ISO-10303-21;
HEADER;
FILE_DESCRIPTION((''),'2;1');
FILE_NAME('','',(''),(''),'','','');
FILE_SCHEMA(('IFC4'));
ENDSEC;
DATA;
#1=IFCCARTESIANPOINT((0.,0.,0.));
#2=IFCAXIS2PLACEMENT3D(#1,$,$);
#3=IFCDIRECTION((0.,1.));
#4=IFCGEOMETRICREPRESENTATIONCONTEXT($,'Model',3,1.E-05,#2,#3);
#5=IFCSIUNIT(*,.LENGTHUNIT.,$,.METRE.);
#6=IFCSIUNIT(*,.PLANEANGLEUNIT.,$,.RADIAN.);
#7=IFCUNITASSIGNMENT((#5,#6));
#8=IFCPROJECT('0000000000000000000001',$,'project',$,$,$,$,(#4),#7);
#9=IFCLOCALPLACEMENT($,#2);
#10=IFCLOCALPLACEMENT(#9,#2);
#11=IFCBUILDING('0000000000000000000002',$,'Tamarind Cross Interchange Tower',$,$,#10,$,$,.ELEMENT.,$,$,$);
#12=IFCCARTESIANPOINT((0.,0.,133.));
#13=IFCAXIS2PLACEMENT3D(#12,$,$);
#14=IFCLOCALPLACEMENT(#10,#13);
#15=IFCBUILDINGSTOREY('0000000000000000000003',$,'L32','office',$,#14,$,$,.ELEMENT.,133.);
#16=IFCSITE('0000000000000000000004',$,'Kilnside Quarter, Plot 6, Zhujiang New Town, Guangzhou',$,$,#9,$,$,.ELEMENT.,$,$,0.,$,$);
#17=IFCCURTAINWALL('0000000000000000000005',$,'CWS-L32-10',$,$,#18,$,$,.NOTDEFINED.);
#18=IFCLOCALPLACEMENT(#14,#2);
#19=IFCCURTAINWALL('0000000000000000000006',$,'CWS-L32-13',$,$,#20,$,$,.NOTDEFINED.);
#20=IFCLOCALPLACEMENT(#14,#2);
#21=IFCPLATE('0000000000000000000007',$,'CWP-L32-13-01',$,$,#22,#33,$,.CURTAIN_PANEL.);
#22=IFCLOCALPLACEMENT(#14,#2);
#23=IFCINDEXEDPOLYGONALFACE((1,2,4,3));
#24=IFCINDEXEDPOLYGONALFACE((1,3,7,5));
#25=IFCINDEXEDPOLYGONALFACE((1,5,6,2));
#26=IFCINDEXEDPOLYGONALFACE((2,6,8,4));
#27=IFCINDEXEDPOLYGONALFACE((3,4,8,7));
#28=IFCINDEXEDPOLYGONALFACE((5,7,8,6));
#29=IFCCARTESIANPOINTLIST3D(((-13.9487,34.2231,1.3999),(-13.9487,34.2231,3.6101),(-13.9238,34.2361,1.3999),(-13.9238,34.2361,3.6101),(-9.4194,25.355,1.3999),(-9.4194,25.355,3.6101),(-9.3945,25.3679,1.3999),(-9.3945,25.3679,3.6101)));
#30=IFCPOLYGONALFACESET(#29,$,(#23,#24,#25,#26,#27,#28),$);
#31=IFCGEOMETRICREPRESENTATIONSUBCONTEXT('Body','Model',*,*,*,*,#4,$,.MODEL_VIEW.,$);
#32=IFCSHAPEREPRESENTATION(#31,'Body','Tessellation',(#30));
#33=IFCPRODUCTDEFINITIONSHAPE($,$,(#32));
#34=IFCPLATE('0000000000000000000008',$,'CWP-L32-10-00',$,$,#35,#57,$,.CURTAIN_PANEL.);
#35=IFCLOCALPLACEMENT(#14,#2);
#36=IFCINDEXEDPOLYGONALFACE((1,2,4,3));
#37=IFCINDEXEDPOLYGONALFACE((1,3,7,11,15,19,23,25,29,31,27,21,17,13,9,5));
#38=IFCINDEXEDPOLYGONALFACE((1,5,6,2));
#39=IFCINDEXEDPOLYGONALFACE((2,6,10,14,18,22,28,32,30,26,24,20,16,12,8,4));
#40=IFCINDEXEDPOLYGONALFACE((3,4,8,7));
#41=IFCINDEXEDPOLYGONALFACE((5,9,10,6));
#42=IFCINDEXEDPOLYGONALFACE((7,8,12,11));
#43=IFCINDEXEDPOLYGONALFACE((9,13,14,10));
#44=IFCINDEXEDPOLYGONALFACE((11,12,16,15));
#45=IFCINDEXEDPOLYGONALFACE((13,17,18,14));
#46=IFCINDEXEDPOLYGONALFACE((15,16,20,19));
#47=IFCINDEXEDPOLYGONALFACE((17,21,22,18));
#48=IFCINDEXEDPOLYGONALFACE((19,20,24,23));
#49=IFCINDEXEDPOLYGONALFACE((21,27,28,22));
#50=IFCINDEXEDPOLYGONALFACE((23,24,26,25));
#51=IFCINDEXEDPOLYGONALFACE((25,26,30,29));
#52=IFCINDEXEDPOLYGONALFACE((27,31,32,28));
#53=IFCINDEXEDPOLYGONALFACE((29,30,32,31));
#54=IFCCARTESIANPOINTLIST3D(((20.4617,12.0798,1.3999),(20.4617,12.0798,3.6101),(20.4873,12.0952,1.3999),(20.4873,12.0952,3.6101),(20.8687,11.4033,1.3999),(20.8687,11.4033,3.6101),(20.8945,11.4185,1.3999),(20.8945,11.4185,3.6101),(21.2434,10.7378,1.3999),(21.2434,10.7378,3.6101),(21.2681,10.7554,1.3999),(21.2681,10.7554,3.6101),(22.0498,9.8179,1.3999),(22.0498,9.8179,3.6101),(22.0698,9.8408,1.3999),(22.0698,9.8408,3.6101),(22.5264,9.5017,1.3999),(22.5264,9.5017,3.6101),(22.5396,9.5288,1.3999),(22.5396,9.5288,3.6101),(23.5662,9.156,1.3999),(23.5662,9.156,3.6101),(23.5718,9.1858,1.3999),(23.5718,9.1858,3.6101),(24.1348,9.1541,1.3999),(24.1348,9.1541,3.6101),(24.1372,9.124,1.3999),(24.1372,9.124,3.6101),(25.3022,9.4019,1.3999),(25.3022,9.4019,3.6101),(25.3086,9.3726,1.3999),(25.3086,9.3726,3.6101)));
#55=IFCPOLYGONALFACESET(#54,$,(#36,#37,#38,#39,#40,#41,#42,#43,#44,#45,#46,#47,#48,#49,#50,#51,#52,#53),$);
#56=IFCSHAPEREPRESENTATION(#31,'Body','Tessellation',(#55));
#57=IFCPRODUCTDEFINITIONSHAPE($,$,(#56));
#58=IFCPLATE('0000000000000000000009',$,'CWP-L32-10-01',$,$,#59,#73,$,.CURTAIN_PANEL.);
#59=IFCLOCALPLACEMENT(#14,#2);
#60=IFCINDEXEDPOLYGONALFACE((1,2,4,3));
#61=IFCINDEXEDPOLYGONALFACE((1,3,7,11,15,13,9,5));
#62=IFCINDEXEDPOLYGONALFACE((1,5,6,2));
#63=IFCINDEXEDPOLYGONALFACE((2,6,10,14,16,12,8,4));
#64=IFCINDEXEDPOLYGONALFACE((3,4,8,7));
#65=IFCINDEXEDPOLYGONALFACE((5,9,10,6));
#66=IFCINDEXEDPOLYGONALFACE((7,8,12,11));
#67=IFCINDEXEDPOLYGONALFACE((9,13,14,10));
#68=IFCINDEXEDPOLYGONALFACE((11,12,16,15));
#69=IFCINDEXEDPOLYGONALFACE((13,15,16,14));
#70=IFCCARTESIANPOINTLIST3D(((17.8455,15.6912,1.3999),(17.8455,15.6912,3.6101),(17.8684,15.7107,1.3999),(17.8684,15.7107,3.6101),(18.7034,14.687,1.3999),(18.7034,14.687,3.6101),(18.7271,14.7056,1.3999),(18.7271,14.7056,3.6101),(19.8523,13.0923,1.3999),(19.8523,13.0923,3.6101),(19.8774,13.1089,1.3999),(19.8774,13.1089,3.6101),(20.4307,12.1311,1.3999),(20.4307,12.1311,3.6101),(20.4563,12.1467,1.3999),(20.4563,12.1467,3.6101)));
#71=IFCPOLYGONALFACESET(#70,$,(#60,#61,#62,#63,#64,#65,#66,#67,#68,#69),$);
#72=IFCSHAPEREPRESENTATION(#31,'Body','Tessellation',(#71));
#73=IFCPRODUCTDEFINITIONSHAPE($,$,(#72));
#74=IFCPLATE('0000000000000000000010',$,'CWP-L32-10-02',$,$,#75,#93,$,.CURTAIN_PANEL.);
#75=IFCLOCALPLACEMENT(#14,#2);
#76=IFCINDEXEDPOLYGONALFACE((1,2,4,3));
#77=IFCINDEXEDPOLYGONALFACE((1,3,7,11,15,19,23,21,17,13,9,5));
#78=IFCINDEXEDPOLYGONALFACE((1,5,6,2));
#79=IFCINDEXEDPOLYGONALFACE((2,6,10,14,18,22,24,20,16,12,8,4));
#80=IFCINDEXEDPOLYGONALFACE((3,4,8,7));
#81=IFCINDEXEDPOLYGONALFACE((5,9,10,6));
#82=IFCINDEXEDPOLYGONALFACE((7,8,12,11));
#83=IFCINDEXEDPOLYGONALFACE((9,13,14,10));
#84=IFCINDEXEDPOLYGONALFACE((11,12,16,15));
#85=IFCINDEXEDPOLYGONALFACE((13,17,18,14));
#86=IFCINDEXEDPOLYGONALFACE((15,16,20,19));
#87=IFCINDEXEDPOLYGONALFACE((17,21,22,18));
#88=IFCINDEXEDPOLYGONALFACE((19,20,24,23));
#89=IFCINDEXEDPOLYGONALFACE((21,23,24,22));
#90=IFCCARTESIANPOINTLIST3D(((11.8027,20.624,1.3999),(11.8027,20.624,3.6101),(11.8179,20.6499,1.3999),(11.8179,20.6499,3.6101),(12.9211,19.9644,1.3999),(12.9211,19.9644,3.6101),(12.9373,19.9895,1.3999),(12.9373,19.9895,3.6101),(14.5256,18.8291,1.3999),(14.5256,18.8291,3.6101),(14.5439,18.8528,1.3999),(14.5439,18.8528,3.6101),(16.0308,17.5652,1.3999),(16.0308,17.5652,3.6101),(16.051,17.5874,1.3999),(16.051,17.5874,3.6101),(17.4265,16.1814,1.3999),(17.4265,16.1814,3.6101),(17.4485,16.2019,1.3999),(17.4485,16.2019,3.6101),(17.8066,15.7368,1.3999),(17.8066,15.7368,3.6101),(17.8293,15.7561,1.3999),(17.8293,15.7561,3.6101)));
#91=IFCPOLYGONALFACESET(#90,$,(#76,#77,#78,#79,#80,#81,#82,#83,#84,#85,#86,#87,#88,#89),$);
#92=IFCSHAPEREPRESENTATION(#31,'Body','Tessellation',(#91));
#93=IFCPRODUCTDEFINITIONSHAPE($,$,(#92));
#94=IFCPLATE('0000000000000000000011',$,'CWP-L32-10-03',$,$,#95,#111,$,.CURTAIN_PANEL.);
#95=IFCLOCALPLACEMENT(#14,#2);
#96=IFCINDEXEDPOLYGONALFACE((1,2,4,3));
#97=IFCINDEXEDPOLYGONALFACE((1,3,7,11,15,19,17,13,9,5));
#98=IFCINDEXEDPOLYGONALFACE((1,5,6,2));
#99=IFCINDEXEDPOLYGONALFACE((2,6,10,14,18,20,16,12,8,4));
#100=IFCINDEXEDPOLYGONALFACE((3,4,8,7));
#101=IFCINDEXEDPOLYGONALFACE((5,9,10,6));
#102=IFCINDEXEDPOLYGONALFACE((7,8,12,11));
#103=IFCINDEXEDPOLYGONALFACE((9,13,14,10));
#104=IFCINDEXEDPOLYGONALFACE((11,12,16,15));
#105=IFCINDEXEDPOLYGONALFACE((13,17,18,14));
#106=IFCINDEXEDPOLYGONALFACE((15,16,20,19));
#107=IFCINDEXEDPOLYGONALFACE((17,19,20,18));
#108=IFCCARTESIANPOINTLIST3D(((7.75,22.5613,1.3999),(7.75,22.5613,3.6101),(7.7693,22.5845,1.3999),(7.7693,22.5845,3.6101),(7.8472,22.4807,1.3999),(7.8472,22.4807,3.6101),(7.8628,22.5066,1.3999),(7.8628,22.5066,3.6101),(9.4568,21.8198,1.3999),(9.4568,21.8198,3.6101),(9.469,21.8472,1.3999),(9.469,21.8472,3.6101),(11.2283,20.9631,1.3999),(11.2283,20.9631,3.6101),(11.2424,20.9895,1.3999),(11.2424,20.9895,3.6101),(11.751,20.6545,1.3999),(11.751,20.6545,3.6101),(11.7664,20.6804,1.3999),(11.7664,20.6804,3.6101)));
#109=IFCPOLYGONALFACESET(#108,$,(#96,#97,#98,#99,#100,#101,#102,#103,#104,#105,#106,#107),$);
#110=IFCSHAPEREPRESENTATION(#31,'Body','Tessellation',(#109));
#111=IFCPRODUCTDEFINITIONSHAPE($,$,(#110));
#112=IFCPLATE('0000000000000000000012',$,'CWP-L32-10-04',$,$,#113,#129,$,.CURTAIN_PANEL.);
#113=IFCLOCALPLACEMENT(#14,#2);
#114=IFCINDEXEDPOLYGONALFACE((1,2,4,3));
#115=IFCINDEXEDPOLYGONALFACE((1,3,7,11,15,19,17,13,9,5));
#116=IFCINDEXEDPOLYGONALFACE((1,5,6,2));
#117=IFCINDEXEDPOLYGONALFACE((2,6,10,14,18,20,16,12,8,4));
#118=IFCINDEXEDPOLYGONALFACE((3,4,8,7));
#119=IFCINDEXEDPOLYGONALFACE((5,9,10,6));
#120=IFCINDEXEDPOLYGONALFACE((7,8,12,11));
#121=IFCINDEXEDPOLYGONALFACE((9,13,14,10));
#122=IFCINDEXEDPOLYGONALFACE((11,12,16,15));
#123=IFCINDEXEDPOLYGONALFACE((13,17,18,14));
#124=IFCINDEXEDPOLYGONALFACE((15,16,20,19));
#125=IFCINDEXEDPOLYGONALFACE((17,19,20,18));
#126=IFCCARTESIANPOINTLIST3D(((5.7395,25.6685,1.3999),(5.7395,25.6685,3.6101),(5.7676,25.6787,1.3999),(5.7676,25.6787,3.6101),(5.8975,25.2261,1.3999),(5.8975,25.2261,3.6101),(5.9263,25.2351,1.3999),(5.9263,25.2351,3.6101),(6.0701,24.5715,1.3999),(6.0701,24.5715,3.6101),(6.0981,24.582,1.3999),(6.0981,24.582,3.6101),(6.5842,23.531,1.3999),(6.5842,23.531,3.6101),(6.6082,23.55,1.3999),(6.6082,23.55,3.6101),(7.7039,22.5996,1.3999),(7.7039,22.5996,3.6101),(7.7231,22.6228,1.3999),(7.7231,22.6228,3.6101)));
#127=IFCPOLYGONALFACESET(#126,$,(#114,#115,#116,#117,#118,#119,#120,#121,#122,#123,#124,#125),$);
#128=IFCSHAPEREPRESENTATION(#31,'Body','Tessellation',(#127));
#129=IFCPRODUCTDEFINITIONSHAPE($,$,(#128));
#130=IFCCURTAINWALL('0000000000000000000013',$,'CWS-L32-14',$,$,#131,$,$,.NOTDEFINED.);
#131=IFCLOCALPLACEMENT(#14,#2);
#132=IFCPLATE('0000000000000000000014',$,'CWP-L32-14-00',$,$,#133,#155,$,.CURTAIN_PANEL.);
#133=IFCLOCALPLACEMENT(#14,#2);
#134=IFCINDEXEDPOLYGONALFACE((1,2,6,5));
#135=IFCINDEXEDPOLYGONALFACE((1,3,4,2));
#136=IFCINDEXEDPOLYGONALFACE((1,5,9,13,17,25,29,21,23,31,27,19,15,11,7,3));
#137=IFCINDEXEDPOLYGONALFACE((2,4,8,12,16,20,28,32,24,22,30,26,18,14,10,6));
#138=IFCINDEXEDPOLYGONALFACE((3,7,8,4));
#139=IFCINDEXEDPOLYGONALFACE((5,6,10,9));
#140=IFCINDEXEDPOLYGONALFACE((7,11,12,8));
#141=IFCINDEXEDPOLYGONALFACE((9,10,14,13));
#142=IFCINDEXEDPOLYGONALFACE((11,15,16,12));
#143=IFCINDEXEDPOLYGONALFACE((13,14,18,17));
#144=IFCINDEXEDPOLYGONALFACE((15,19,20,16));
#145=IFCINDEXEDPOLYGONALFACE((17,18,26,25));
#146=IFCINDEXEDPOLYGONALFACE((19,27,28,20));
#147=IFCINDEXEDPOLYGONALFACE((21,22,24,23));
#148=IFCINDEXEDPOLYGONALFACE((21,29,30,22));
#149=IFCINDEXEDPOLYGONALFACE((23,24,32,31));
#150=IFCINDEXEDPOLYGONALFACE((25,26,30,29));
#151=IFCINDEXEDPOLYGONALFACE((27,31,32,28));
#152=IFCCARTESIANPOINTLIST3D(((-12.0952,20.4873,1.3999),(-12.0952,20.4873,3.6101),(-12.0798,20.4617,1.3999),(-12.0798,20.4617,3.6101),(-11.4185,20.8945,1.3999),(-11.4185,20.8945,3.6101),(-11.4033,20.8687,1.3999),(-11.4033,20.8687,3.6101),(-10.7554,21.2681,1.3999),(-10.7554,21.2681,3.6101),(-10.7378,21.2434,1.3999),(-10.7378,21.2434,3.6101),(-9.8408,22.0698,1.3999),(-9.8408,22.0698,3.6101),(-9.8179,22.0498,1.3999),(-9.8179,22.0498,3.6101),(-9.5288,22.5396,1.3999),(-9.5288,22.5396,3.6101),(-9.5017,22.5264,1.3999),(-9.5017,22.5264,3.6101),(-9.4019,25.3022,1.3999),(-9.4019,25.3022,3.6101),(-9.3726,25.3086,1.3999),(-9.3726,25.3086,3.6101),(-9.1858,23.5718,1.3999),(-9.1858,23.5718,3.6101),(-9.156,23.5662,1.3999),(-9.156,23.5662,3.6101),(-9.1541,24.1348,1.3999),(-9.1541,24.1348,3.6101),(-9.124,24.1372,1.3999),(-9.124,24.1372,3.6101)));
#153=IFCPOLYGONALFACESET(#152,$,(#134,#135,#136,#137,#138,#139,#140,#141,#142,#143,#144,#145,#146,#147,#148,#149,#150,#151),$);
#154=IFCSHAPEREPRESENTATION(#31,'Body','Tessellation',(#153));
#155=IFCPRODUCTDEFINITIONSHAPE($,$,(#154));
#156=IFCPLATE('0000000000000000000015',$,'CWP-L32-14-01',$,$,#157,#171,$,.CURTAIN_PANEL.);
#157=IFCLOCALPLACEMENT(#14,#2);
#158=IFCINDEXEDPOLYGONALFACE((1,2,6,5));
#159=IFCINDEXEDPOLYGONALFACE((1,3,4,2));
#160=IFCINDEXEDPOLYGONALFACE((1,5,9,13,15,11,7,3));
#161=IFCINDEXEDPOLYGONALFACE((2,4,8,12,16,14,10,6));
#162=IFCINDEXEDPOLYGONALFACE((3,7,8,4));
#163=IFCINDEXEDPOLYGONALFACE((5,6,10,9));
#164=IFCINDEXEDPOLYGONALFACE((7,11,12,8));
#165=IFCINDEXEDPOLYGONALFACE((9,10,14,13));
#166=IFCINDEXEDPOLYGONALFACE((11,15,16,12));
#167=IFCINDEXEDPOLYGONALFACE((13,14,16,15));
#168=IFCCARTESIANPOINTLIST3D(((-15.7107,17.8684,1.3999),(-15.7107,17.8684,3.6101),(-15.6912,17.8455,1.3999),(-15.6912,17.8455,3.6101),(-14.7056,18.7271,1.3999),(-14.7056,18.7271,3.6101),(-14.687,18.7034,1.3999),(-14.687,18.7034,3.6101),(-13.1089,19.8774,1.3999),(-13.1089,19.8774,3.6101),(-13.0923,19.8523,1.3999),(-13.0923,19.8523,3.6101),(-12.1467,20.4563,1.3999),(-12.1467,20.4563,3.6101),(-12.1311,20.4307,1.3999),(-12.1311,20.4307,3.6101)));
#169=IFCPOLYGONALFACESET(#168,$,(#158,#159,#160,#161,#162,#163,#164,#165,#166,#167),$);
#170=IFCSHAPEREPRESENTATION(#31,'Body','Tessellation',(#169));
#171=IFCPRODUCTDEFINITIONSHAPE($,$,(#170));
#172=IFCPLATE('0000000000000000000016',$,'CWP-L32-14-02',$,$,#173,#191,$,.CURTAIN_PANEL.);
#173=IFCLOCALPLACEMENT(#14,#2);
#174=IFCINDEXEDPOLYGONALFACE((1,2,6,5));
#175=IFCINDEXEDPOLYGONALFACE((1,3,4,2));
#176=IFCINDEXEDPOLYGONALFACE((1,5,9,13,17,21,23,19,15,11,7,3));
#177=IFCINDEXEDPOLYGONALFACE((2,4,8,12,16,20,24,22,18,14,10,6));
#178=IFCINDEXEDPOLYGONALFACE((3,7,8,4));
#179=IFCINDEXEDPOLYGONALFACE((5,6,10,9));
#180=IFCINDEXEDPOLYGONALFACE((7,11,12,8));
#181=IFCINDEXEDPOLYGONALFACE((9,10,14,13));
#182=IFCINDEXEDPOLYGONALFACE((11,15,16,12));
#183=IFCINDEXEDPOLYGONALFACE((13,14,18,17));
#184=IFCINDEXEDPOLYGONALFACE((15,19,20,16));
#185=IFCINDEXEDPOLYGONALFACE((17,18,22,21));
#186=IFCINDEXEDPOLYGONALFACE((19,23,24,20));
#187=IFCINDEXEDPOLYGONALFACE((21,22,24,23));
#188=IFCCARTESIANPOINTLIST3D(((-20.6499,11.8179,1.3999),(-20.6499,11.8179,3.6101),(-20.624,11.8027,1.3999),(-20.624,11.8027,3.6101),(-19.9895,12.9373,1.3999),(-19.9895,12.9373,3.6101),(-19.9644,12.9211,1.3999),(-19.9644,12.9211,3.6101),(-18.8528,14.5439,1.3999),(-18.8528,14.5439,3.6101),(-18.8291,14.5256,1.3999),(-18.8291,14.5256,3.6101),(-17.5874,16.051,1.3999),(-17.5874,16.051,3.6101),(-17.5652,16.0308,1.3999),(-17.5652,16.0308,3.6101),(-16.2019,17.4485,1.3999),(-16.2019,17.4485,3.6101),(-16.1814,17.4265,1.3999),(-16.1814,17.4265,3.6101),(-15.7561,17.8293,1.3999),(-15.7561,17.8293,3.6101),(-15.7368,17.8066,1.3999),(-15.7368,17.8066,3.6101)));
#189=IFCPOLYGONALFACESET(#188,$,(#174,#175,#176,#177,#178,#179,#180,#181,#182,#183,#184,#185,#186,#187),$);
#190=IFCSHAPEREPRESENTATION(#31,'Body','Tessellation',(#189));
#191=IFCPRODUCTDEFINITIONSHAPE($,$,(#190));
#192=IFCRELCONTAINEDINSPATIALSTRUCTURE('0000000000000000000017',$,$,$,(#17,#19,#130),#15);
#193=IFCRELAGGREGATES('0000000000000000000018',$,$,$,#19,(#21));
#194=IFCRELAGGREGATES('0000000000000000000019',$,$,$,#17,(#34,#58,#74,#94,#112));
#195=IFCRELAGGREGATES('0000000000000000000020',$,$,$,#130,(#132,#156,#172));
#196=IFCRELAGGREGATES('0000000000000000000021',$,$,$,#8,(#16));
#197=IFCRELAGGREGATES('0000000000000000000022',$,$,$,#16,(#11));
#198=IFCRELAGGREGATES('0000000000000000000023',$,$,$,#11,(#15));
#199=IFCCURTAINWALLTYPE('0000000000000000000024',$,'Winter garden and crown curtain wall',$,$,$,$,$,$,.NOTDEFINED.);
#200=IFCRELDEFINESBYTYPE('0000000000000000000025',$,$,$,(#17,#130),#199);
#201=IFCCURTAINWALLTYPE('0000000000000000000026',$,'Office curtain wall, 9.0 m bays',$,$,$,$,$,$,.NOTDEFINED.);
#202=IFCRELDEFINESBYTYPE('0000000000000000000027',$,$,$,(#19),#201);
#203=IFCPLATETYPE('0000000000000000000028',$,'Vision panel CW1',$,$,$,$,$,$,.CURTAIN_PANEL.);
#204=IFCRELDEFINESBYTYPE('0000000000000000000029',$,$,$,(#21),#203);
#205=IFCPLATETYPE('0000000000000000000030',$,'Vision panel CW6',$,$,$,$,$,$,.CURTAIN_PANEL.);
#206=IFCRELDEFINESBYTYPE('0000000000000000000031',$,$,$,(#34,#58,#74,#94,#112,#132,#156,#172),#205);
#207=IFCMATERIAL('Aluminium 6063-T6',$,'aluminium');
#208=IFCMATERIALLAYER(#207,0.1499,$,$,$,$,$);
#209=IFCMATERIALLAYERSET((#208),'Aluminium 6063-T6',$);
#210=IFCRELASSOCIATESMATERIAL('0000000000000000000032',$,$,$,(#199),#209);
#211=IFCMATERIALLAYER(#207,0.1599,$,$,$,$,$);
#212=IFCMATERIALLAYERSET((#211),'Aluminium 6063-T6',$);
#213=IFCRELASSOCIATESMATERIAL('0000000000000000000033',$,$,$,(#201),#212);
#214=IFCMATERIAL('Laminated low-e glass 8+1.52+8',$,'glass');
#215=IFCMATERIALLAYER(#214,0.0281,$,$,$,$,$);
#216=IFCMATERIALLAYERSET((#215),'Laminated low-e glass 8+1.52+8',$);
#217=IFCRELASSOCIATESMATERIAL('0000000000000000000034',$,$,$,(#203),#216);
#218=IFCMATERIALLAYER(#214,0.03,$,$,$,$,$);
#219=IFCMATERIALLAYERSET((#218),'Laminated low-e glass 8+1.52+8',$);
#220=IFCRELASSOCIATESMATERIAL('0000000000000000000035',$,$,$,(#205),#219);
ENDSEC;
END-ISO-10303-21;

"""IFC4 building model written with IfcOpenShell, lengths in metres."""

from ifc_helpers import new_model, si_unit, direction, frame, origin, place, context, subcontext, project, spatial, polyline, outline, extrude, material, layer, layer_set, type_object, element, aggregate, save


model = new_model("IFC4")

# Units and contexts
model_context = context("Model", 3, precision=1e-05, world=origin(), true_north=direction((0.0, 1.0)))
body_context = subcontext(model_context, "Body", "Model", "MODEL_VIEW")
ifc_project = project(units=[si_unit("LENGTHUNIT", "METRE"), si_unit("PLANEANGLEUNIT", "RADIAN")], contexts=[model_context])

# Site, building, storey
site_placement = place(None, origin())
site = spatial("IfcSite", under=ifc_project, at=site_placement, Name="Kilnside Quarter, Plot 6, Zhujiang New Town, Guangzhou", CompositionType="ELEMENT", RefElevation=0.0)
building_placement = place(site_placement, origin())
building = spatial("IfcBuilding", under=site, at=building_placement, Name="Tamarind Cross Interchange Tower", CompositionType="ELEMENT")
storey_placement = place(building_placement, frame((0.0, 0.0, 133.0)))
storey = spatial("IfcBuildingStorey", under=building, at=storey_placement, Name="L32", Description="office", CompositionType="ELEMENT", Elevation=133.0)

# Curtain walls
ifc_material_1 = material(Name="Aluminium 6063-T6", Category="aluminium")
ifc_layer_1 = layer(ifc_material_1, 0.1499)
ifc_layer_set_1 = layer_set([ifc_layer_1], Name="Aluminium 6063-T6")
curtain_wall_type_1 = type_object("IfcCurtainWallType", Name="Winter garden and crown curtain wall", PredefinedType="NOTDEFINED", material=ifc_layer_set_1)
curtain_wall_1_placement = place(storey_placement, origin())
curtain_wall_1 = element("IfcCurtainWall", 1, at=curtain_wall_1_placement, inside=storey, type_object=curtain_wall_type_1, Name="CWS-L32-10", PredefinedType="NOTDEFINED")
ifc_layer_2 = layer(ifc_material_1, 0.1599)
ifc_layer_set_2 = layer_set([ifc_layer_2], Name="Aluminium 6063-T6")
curtain_wall_type_2 = type_object("IfcCurtainWallType", Name="Office curtain wall, 9.0 m bays", PredefinedType="NOTDEFINED", material=ifc_layer_set_2)
curtain_wall_2_placement = place(storey_placement, origin())
curtain_wall_2 = element("IfcCurtainWall", 2, at=curtain_wall_2_placement, inside=storey, type_object=curtain_wall_type_2, Name="CWS-L32-13", PredefinedType="NOTDEFINED")

# Plates
ifc_material_2 = material(Name="Laminated low-e glass 8+1.52+8", Category="glass")
ifc_layer_3 = layer(ifc_material_2, 0.0281)
ifc_layer_set_3 = layer_set([ifc_layer_3], Name="Laminated low-e glass 8+1.52+8")
plate_type_1 = type_object("IfcPlateType", Name="Vision panel CW1", PredefinedType="CURTAIN_PANEL", material=ifc_layer_set_3)
plate_1_placement = place(storey_placement, frame((0.0, 0.0, 1.3999)))
plate_1 = element("IfcPlate", 3, at=plate_1_placement, type_object=plate_type_1, Name="CWP-L32-13-01", PredefinedType="CURTAIN_PANEL", context=body_context, shape_type="SweptSolid", body=[
    extrude(outline(polyline([(-13.9238, 34.2361), (-9.3945, 25.3679), (-9.4194, 25.355), (-13.9487, 34.2231), (-13.9238, 34.2361)])), origin(), (0.0, 0.0, 1.0), 2.2102),
])
aggregate(curtain_wall_2, [plate_1])
ifc_layer_4 = layer(ifc_material_2, 0.03)
ifc_layer_set_4 = layer_set([ifc_layer_4], Name="Laminated low-e glass 8+1.52+8")
plate_type_2 = type_object("IfcPlateType", Name="Vision panel CW6", PredefinedType="CURTAIN_PANEL", material=ifc_layer_set_4)
plate_2_placement = place(storey_placement, frame((0.0, 0.0, 1.3999)))
plate_2 = element("IfcPlate", 4, at=plate_2_placement, type_object=plate_type_2, Name="CWP-L32-10-00", PredefinedType="CURTAIN_PANEL", context=body_context, shape_type="SweptSolid", body=[
    extrude(outline(polyline([(25.3086, 9.3726), (24.1372, 9.124), (23.5662, 9.156), (22.5264, 9.5017), (22.0498, 9.8179), (21.2434, 10.7378), (20.8687, 11.4033), (20.4617, 12.0798), (20.4873, 12.0952), (20.8945, 11.4185), (21.2681, 10.7554), (22.0698, 9.8408), (22.5396, 9.5288), (23.5718, 9.1858), (24.1348, 9.1541), (25.3022, 9.4019), (25.3086, 9.3726)])), origin(), (0.0, 0.0, 1.0), 2.2102),
])
plate_3_placement = place(storey_placement, frame((0.0, 0.0, 1.3999)))
plate_3 = element("IfcPlate", 5, at=plate_3_placement, type_object=plate_type_2, Name="CWP-L32-10-01", PredefinedType="CURTAIN_PANEL", context=body_context, shape_type="SweptSolid", body=[
    extrude(outline(polyline([(20.4307, 12.1311), (19.8523, 13.0923), (18.7034, 14.687), (17.8455, 15.6912), (17.8684, 15.7107), (18.7271, 14.7056), (19.8774, 13.1089), (20.4563, 12.1467), (20.4307, 12.1311)])), origin(), (0.0, 0.0, 1.0), 2.2102),
])
plate_4_placement = place(storey_placement, frame((0.0, 0.0, 1.3999)))
plate_4 = element("IfcPlate", 6, at=plate_4_placement, type_object=plate_type_2, Name="CWP-L32-10-02", PredefinedType="CURTAIN_PANEL", context=body_context, shape_type="SweptSolid", body=[
    extrude(outline(polyline([(17.8066, 15.7368), (17.4265, 16.1814), (16.0308, 17.5652), (14.5256, 18.8291), (12.9211, 19.9644), (11.8027, 20.624), (11.8179, 20.6499), (12.9373, 19.9895), (14.5439, 18.8528), (16.051, 17.5874), (17.4485, 16.2019), (17.8293, 15.7561), (17.8066, 15.7368)])), origin(), (0.0, 0.0, 1.0), 2.2102),
])
plate_5_placement = place(storey_placement, frame((0.0, 0.0, 1.3999)))
plate_5 = element("IfcPlate", 7, at=plate_5_placement, type_object=plate_type_2, Name="CWP-L32-10-03", PredefinedType="CURTAIN_PANEL", context=body_context, shape_type="SweptSolid", body=[
    extrude(outline(polyline([(11.751, 20.6545), (11.2283, 20.9631), (9.4568, 21.8198), (7.8472, 22.4807), (7.75, 22.5613), (7.7693, 22.5845), (7.8628, 22.5066), (9.469, 21.8472), (11.2424, 20.9895), (11.7664, 20.6804), (11.751, 20.6545)])), origin(), (0.0, 0.0, 1.0), 2.2102),
])
plate_6_placement = place(storey_placement, frame((0.0, 0.0, 1.3999)))
plate_6 = element("IfcPlate", 8, at=plate_6_placement, type_object=plate_type_2, Name="CWP-L32-10-04", PredefinedType="CURTAIN_PANEL", context=body_context, shape_type="SweptSolid", body=[
    extrude(outline(polyline([(7.7039, 22.5996), (6.5842, 23.531), (6.0701, 24.5715), (5.8975, 25.2261), (5.7395, 25.6685), (5.7676, 25.6787), (5.9263, 25.2351), (6.0981, 24.582), (6.6082, 23.55), (7.7231, 22.6228), (7.7039, 22.5996)])), origin(), (0.0, 0.0, 1.0), 2.2102),
])
aggregate(curtain_wall_1, [plate_2, plate_3, plate_4, plate_5, plate_6])

# Curtain wall, plates
curtain_wall_3_placement = place(storey_placement, origin())
curtain_wall_3 = element("IfcCurtainWall", 9, at=curtain_wall_3_placement, inside=storey, type_object=curtain_wall_type_1, Name="CWS-L32-14", PredefinedType="NOTDEFINED")
plate_7_placement = place(storey_placement, frame((0.0, 0.0, 1.3999)))
plate_7 = element("IfcPlate", 10, at=plate_7_placement, type_object=plate_type_2, Name="CWP-L32-14-00", PredefinedType="CURTAIN_PANEL", context=body_context, shape_type="SweptSolid", body=[
    extrude(outline(polyline([(-9.3726, 25.3086), (-9.124, 24.1372), (-9.156, 23.5662), (-9.5017, 22.5264), (-9.8179, 22.0498), (-10.7378, 21.2434), (-11.4033, 20.8687), (-12.0798, 20.4617), (-12.0952, 20.4873), (-11.4185, 20.8945), (-10.7554, 21.2681), (-9.8408, 22.0698), (-9.5288, 22.5396), (-9.1858, 23.5718), (-9.1541, 24.1348), (-9.4019, 25.3022), (-9.3726, 25.3086)])), origin(), (0.0, 0.0, 1.0), 2.2102),
])
plate_8_placement = place(storey_placement, frame((0.0, 0.0, 1.3999)))
plate_8 = element("IfcPlate", 11, at=plate_8_placement, type_object=plate_type_2, Name="CWP-L32-14-01", PredefinedType="CURTAIN_PANEL", context=body_context, shape_type="SweptSolid", body=[
    extrude(outline(polyline([(-12.1311, 20.4307), (-13.0923, 19.8523), (-14.687, 18.7034), (-15.6912, 17.8455), (-15.7107, 17.8684), (-14.7056, 18.7271), (-13.1089, 19.8774), (-12.1467, 20.4563), (-12.1311, 20.4307)])), origin(), (0.0, 0.0, 1.0), 2.2102),
])
plate_9_placement = place(storey_placement, frame((0.0, 0.0, 1.3999)))
plate_9 = element("IfcPlate", 12, at=plate_9_placement, type_object=plate_type_2, Name="CWP-L32-14-02", PredefinedType="CURTAIN_PANEL", context=body_context, shape_type="SweptSolid", body=[
    extrude(outline(polyline([(-15.7368, 17.8066), (-16.1814, 17.4265), (-17.5652, 16.0308), (-18.8291, 14.5256), (-19.9644, 12.9211), (-20.624, 11.8027), (-20.6499, 11.8179), (-19.9895, 12.9373), (-18.8528, 14.5439), (-17.5874, 16.051), (-16.2019, 17.4485), (-15.7561, 17.8293), (-15.7368, 17.8066)])), origin(), (0.0, 0.0, 1.0), 2.2102),
])
aggregate(curtain_wall_3, [plate_7, plate_8, plate_9])

save(model, "model.ifc")
